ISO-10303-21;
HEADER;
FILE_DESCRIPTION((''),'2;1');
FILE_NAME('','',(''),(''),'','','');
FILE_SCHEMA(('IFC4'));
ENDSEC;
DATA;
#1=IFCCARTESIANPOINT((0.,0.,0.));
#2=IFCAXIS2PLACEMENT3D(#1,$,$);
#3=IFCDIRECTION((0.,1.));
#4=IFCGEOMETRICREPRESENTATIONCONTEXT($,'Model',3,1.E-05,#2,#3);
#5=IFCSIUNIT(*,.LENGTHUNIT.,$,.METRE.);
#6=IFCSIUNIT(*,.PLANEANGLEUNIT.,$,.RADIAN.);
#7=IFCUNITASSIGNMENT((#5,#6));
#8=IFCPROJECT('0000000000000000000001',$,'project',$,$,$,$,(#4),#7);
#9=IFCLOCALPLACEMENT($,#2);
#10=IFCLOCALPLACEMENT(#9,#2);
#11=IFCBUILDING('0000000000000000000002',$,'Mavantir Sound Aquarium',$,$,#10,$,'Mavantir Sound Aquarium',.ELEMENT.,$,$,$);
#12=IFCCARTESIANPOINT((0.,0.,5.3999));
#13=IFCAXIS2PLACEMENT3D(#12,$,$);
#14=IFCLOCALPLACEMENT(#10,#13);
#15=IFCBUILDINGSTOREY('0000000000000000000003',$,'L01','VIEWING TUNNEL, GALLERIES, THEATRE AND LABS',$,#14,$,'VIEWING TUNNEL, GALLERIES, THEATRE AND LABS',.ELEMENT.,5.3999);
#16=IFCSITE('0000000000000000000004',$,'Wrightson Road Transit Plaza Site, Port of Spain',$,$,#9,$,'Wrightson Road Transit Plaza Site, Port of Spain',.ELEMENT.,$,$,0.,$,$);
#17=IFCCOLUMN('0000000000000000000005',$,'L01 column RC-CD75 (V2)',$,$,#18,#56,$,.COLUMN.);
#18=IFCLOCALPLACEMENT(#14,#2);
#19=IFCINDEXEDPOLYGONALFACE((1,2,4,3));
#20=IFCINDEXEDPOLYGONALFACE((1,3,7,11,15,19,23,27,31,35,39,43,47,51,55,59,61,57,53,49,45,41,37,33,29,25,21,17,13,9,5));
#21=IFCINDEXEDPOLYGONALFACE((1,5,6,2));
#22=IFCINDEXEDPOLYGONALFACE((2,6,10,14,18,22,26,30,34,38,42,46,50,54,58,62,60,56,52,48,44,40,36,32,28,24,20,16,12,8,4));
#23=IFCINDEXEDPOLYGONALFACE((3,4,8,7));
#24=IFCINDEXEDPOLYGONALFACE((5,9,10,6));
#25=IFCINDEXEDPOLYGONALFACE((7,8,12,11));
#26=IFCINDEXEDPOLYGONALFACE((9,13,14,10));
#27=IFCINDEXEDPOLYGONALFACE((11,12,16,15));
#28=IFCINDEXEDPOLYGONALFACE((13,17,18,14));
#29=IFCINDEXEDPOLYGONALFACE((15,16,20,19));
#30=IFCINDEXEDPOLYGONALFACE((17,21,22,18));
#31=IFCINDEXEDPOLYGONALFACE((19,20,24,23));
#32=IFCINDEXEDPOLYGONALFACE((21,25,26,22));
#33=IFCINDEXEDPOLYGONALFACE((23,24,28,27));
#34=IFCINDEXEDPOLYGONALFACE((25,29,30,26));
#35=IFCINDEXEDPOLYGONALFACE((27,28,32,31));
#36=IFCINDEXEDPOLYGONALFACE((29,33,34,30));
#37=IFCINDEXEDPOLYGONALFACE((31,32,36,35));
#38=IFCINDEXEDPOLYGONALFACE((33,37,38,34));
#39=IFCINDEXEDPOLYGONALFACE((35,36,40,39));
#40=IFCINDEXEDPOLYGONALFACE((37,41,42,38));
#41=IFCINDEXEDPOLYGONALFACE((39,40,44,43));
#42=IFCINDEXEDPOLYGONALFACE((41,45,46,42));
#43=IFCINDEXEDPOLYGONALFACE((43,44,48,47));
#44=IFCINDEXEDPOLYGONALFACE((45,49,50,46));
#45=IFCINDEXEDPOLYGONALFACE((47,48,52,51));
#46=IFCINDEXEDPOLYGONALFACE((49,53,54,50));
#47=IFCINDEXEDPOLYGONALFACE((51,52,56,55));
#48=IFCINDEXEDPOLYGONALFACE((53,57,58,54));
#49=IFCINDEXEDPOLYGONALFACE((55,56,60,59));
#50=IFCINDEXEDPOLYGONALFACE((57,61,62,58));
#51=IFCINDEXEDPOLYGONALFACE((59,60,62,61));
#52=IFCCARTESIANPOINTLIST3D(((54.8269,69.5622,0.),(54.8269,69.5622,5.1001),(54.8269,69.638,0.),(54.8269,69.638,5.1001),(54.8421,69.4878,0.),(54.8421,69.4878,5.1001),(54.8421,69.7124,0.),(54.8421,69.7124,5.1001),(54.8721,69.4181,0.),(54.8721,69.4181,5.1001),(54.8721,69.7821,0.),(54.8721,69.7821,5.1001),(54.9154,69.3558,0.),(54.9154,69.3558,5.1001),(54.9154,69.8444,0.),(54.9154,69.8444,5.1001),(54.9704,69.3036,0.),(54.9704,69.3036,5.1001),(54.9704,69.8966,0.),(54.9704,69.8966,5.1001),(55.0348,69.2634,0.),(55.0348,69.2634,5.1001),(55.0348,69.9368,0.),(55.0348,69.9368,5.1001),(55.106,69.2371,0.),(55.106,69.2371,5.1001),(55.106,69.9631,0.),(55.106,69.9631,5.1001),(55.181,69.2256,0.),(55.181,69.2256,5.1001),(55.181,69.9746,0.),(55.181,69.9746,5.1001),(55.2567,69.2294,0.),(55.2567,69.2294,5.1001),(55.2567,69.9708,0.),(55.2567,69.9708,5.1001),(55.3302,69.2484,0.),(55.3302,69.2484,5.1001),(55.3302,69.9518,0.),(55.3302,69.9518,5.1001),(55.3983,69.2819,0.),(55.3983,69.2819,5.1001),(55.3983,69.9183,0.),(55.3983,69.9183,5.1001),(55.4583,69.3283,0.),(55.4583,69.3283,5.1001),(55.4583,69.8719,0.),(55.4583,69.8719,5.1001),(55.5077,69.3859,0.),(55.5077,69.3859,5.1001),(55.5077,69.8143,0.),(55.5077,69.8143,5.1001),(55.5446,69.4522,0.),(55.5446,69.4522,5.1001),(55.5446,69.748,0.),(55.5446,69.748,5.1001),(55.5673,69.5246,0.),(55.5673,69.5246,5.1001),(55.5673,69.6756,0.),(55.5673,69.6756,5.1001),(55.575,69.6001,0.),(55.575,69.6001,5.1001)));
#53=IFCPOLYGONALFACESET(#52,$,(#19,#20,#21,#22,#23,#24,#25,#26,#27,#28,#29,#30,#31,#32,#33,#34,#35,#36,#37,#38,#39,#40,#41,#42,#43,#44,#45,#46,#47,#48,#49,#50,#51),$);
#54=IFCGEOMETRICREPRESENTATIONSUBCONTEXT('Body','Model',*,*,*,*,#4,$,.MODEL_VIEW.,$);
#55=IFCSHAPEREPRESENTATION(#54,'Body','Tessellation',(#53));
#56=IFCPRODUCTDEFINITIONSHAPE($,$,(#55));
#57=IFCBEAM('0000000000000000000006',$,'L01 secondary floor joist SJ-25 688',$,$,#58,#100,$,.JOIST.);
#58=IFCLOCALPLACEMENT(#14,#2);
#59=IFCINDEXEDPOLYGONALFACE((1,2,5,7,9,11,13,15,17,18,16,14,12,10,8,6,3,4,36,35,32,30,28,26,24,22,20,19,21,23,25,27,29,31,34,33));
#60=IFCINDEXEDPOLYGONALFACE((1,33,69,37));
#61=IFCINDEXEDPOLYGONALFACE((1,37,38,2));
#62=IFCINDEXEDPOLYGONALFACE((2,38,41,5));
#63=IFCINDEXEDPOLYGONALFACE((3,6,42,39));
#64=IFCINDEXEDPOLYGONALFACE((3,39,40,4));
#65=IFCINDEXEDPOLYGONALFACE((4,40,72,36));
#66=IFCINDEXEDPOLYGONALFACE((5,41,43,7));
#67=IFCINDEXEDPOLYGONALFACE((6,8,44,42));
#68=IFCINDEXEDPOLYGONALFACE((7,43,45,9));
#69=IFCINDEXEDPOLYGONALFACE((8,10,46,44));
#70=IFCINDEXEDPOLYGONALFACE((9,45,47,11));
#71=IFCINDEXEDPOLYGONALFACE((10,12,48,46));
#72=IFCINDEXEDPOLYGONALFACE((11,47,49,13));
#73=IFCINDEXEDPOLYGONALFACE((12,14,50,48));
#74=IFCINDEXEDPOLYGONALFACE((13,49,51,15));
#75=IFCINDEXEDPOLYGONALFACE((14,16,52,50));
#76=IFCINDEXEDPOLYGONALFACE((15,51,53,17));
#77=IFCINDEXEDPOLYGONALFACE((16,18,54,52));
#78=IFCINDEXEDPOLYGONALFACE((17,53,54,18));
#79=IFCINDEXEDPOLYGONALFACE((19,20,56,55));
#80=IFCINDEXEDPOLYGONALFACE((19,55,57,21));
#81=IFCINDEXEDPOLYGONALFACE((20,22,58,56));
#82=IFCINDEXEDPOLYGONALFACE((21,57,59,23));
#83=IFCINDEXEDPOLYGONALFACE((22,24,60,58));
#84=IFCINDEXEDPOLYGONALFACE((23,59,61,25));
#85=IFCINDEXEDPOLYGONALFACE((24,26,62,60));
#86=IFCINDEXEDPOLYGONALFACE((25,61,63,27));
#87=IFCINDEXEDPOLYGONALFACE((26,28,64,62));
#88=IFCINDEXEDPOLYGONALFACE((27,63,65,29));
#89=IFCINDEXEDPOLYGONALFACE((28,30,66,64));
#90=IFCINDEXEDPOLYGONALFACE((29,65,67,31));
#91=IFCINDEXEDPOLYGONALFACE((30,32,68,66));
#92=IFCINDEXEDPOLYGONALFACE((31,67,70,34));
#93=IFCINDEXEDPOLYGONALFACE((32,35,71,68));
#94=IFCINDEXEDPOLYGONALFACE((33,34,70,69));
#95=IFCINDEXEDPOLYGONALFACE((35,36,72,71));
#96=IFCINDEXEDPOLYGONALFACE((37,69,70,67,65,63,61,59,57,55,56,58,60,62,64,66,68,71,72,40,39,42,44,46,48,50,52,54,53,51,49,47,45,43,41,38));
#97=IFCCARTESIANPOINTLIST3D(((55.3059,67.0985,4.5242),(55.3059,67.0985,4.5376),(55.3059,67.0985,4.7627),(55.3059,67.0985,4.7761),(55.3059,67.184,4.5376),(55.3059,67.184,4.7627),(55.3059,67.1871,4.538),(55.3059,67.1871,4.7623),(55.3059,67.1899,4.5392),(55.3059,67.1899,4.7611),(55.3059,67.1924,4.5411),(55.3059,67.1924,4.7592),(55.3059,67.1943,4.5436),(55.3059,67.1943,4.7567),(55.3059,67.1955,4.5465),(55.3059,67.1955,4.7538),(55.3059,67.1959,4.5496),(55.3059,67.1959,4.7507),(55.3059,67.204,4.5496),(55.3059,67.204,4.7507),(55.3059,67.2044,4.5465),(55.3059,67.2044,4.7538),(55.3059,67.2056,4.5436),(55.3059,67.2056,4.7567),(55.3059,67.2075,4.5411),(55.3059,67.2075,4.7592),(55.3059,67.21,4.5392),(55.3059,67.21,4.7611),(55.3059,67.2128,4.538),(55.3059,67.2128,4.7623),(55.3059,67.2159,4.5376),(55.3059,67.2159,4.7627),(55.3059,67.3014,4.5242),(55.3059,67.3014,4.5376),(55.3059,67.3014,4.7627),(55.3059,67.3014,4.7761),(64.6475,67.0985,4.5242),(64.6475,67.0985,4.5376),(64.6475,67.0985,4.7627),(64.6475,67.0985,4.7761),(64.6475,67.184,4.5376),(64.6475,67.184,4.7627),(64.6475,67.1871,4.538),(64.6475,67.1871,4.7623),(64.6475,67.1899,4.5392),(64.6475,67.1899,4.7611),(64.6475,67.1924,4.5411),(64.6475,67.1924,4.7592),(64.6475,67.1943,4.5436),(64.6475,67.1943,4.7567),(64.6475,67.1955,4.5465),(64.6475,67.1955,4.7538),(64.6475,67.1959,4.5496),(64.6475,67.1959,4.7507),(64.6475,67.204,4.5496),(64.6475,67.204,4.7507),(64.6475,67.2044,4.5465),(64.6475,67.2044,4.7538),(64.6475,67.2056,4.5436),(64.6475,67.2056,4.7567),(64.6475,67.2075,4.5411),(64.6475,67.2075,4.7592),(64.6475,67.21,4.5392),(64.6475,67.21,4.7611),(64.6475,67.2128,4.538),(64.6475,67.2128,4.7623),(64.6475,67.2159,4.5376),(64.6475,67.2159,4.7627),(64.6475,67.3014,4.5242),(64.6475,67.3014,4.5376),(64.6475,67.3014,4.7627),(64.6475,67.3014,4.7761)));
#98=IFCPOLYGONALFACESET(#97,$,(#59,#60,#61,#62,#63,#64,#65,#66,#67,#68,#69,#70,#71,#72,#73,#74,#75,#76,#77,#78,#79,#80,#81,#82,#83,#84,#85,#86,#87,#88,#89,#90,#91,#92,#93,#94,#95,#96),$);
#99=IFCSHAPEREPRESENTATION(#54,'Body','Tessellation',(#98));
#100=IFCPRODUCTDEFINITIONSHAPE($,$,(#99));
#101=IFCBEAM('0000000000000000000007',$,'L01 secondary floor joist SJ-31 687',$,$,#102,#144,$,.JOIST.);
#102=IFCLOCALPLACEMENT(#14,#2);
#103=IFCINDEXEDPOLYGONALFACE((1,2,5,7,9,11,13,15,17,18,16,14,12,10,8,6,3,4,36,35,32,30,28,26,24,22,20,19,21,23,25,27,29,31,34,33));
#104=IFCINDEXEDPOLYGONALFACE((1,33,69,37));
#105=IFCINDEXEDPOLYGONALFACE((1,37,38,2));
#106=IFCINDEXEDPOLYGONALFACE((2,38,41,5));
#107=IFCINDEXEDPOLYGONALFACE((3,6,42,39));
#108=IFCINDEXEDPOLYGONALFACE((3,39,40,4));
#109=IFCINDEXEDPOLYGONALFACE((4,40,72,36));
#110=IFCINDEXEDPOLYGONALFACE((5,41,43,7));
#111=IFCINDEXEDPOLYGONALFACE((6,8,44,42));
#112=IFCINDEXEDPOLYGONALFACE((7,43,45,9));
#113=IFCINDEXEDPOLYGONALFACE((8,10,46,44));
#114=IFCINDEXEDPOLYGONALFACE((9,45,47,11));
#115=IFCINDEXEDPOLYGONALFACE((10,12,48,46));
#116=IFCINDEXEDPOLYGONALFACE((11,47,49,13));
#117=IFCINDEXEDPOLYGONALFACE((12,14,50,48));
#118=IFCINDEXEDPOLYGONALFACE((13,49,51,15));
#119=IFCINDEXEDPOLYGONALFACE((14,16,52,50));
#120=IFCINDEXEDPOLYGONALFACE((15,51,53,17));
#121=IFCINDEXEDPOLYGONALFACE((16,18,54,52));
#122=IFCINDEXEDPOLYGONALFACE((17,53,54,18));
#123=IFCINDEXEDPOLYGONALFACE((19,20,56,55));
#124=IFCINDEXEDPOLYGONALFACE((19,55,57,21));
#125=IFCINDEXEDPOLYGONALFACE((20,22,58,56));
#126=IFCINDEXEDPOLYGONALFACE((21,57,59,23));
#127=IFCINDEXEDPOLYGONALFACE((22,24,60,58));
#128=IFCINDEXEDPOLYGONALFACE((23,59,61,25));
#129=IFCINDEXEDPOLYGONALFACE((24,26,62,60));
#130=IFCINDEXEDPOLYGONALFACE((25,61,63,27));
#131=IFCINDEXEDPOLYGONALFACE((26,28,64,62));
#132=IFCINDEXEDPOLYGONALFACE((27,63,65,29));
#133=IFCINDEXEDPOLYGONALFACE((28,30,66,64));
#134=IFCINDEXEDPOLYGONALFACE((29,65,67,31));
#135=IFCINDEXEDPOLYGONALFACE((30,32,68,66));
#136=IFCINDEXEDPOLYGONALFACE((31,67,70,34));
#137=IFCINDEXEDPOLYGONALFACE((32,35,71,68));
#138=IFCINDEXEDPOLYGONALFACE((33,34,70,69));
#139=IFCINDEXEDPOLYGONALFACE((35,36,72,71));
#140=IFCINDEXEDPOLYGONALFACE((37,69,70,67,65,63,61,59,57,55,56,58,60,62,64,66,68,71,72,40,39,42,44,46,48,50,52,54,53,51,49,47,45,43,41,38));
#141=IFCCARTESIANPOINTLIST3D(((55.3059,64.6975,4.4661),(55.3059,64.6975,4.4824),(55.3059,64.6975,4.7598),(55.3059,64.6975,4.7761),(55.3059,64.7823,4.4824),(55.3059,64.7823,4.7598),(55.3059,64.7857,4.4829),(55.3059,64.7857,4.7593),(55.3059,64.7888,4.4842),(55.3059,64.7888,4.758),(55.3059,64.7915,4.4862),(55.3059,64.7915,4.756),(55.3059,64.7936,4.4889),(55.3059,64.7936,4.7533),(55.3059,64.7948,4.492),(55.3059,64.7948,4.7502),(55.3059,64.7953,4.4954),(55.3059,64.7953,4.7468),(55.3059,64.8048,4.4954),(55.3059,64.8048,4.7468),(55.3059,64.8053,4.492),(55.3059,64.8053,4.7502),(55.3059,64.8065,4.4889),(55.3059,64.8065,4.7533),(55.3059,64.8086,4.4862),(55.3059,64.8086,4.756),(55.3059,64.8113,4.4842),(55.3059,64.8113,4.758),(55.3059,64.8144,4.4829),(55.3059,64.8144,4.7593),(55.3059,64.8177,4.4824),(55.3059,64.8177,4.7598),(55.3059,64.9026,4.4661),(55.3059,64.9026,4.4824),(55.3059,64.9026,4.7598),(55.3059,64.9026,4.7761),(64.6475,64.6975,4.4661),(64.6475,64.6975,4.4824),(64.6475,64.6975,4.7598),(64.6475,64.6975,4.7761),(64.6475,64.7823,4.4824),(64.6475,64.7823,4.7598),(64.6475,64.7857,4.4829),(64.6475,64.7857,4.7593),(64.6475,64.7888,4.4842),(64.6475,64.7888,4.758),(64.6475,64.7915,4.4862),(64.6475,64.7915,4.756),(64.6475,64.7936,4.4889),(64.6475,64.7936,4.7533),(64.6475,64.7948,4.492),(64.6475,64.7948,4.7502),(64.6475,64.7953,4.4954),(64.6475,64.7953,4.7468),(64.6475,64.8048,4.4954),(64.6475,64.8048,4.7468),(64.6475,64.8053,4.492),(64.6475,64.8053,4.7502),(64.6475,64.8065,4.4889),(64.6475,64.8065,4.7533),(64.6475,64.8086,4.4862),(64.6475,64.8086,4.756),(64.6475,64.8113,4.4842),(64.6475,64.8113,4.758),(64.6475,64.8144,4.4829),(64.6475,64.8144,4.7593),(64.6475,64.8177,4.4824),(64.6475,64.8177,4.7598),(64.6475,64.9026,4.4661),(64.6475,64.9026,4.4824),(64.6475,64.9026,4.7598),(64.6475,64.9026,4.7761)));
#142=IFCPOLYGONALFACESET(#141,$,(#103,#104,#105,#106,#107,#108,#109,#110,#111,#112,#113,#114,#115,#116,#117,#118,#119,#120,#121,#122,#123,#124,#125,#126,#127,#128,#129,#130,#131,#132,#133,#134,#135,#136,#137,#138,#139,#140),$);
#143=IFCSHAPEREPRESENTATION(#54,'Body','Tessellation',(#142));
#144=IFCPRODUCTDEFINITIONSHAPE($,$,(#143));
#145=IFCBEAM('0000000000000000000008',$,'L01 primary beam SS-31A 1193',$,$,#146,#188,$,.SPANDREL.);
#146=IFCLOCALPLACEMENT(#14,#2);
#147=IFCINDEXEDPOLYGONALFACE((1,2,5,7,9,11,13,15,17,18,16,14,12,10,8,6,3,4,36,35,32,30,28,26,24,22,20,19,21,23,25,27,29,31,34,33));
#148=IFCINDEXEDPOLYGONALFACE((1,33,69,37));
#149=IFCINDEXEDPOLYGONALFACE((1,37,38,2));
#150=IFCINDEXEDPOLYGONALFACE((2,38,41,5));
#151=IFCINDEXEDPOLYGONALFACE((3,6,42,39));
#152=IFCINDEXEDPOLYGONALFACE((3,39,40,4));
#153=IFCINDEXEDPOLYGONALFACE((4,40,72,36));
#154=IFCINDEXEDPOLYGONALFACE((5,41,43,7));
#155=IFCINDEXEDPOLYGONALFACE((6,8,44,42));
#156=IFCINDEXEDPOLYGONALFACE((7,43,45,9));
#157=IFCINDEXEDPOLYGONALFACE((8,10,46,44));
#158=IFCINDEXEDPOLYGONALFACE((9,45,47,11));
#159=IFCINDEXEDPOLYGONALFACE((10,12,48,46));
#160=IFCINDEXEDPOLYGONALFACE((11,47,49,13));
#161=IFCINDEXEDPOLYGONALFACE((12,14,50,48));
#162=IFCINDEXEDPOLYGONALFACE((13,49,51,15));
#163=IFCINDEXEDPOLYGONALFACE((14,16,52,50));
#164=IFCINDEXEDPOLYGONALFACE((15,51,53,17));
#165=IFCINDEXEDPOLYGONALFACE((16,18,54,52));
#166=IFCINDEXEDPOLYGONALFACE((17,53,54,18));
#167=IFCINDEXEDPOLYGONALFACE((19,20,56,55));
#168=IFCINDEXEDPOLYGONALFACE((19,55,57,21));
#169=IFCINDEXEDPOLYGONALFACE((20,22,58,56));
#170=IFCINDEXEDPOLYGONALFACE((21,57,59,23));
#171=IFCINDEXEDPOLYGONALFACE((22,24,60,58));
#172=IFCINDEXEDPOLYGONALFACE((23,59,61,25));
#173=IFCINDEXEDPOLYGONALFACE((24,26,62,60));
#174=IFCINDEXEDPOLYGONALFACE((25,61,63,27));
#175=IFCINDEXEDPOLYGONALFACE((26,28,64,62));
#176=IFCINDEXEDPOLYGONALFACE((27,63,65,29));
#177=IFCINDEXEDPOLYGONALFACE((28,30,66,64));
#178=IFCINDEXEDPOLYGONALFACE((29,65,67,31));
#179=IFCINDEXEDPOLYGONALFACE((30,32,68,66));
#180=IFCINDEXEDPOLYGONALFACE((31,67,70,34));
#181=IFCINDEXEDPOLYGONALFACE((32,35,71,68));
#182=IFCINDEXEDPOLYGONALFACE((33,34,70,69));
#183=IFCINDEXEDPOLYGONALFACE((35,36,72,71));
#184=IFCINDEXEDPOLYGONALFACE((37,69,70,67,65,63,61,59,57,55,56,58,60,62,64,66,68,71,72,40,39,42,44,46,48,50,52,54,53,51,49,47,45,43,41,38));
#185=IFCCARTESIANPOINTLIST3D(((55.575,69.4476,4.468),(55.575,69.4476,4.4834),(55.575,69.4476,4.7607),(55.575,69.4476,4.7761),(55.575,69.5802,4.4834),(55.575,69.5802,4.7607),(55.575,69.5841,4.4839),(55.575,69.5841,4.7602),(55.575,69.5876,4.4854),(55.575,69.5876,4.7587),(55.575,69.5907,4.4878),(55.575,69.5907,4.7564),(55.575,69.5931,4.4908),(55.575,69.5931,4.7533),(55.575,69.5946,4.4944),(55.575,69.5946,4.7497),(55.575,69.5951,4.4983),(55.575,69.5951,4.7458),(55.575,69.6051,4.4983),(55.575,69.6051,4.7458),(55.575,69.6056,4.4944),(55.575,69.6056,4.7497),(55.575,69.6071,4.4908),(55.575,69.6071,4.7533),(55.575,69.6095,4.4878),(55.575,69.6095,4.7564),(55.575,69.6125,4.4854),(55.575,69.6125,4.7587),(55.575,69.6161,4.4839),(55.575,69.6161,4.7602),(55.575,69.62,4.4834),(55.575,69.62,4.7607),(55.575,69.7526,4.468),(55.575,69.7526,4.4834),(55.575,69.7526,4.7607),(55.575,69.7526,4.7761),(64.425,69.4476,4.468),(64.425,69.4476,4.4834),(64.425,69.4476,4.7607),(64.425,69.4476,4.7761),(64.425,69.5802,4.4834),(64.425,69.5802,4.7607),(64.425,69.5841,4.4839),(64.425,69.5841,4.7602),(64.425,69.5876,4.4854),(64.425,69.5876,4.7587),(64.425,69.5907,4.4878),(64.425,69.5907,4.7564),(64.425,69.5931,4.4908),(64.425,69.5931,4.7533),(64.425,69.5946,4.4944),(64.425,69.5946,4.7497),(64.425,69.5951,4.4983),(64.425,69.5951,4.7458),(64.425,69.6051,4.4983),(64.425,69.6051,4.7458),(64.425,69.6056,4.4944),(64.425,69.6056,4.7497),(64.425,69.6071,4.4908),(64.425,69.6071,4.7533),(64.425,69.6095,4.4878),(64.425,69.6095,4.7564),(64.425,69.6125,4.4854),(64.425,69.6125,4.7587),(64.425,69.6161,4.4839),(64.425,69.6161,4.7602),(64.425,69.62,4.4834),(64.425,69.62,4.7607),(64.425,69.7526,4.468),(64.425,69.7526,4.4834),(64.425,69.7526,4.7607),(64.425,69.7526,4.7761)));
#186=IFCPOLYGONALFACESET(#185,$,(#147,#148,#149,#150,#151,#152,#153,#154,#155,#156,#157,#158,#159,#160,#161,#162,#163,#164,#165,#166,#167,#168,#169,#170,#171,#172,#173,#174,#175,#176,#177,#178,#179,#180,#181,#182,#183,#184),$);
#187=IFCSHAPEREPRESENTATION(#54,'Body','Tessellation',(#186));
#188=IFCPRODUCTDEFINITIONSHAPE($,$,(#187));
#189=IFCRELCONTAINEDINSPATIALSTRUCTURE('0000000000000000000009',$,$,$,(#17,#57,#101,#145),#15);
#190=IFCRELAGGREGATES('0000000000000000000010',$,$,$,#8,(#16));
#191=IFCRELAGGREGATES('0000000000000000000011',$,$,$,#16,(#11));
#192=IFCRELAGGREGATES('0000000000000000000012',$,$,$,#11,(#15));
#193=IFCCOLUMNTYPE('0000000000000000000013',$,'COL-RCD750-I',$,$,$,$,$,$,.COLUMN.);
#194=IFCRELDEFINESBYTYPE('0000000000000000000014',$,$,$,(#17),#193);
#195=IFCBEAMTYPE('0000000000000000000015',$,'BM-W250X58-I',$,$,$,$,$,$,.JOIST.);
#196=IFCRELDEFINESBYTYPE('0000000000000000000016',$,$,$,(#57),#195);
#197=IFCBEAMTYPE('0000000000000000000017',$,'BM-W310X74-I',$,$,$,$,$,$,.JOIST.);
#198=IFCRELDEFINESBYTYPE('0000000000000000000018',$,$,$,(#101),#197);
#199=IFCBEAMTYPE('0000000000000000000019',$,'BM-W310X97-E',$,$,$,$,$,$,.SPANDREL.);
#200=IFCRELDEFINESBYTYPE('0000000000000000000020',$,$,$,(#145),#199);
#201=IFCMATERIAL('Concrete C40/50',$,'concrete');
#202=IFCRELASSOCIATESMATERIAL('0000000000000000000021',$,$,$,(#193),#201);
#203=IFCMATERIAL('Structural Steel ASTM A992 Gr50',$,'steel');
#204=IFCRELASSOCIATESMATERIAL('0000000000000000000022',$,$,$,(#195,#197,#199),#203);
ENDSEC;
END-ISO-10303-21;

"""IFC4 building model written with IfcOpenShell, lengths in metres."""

from ifc_helpers import new_model, si_unit, direction, frame, origin, origin_2d, place, context, subcontext, project, spatial, circle, i_section, extrude, material, material_profile, profile_set, type_object, element, save


model = new_model("IFC4")

# Units and contexts
model_context = context("Model", 3, precision=1e-05, world=origin(), true_north=direction((0.0, 1.0)))
body_context = subcontext(model_context, "Body", "Model", "MODEL_VIEW")
ifc_project = project(units=[si_unit("LENGTHUNIT", "METRE"), si_unit("PLANEANGLEUNIT", "RADIAN")], contexts=[model_context])

# Site, building, storey
site_placement = place(None, origin())
site = spatial("IfcSite", under=ifc_project, at=site_placement, Name="Wrightson Road Transit Plaza Site, Port of Spain", LongName="Wrightson Road Transit Plaza Site, Port of Spain", CompositionType="ELEMENT", RefElevation=0.0)
building_placement = place(site_placement, origin())
building = spatial("IfcBuilding", under=site, at=building_placement, Name="Mavantir Sound Aquarium", LongName="Mavantir Sound Aquarium", CompositionType="ELEMENT")
storey_placement = place(building_placement, frame((0.0, 0.0, 5.3999)))
storey = spatial("IfcBuildingStorey", under=building, at=storey_placement, Name="L01", Description="VIEWING TUNNEL, GALLERIES, THEATRE AND LABS", LongName="VIEWING TUNNEL, GALLERIES, THEATRE AND LABS", CompositionType="ELEMENT", Elevation=5.3999)

# Column
ifc_material_1 = material(Name="Concrete C40/50", Category="concrete")
ifc_material_profile_1 = material_profile(ifc_material_1, circle(Radius=0.375, at=origin_2d()), Name="RC D750")
ifc_profile_set_1 = profile_set([ifc_material_profile_1], Name="Concrete C40/50")
column_type = type_object("IfcColumnType", Name="COL-RCD750-I", PredefinedType="COLUMN", material=ifc_profile_set_1)
column_placement = place(storey_placement, frame((55.2, 69.6001, 0.0), z_axis=(0.0, 0.0, 1.0), x_axis=(1.0, 0.0, 0.0)))
element("IfcColumn", 1, at=column_placement, inside=storey, type_object=column_type, Name="L01 column RC-CD75 (V2)", PredefinedType="COLUMN", context=body_context, shape_type="SweptSolid", body=[
    extrude(circle(Radius=0.375, at=origin_2d()), origin(), (0.0, 0.0, 1.0), 5.1001),
])

# Beams
ifc_material_2 = material(Name="Structural Steel ASTM A992 Gr50", Category="steel")
ifc_material_profile_2 = material_profile(ifc_material_2, i_section(OverallWidth=0.2029, OverallDepth=0.252, WebThickness=0.0081, FlangeThickness=0.0134, FilletRadius=0.012, at=origin_2d()), Name="W250X58")
ifc_profile_set_2 = profile_set([ifc_material_profile_2], Name="Structural Steel ASTM A992 Gr50")
beam_type_1 = type_object("IfcBeamType", Name="BM-W250X58-I", PredefinedType="JOIST", material=ifc_profile_set_2)
beam_1_placement = place(storey_placement, frame((55.3059, 67.2, 4.6501), z_axis=(1.0, 0.0, 0.0), x_axis=(0.0, 1.0, 0.0)))
element("IfcBeam", 2, at=beam_1_placement, inside=storey, type_object=beam_type_1, Name="L01 secondary floor joist SJ-25 688", PredefinedType="JOIST", context=body_context, shape_type="SweptSolid", body=[
    extrude(i_section(OverallWidth=0.2029, OverallDepth=0.252, WebThickness=0.0081, FlangeThickness=0.0134, FilletRadius=0.012, at=origin_2d()), origin(), (0.0, 0.0, 1.0), 9.3416),
])
ifc_material_profile_3 = material_profile(ifc_material_2, i_section(OverallWidth=0.2051, OverallDepth=0.3101, WebThickness=0.0095, FlangeThickness=0.0164, FilletRadius=0.0129, at=origin_2d()), Name="W310X74")
ifc_profile_set_3 = profile_set([ifc_material_profile_3], Name="Structural Steel ASTM A992 Gr50")
beam_type_2 = type_object("IfcBeamType", Name="BM-W310X74-I", PredefinedType="JOIST", material=ifc_profile_set_3)
beam_2_placement = place(storey_placement, frame((55.3059, 64.8, 4.6211), z_axis=(1.0, 0.0, 0.0), x_axis=(0.0, 1.0, 0.0)))
element("IfcBeam", 3, at=beam_2_placement, inside=storey, type_object=beam_type_2, Name="L01 secondary floor joist SJ-31 687", PredefinedType="JOIST", context=body_context, shape_type="SweptSolid", body=[
    extrude(i_section(OverallWidth=0.2051, OverallDepth=0.3101, WebThickness=0.0095, FlangeThickness=0.0164, FilletRadius=0.0129, at=origin_2d()), origin(), (0.0, 0.0, 1.0), 9.3416),
])
ifc_material_profile_4 = material_profile(ifc_material_2, i_section(OverallWidth=0.3049, OverallDepth=0.3081, WebThickness=0.01, FlangeThickness=0.0154, FilletRadius=0.0149, at=origin_2d()), Name="W310X97")
ifc_profile_set_4 = profile_set([ifc_material_profile_4], Name="Structural Steel ASTM A992 Gr50")
beam_type_3 = type_object("IfcBeamType", Name="BM-W310X97-E", PredefinedType="SPANDREL", material=ifc_profile_set_4)
beam_3_placement = place(storey_placement, frame((55.575, 69.6001, 4.6221), z_axis=(1.0, 0.0, 0.0), x_axis=(0.0, 1.0, 0.0)))
element("IfcBeam", 4, at=beam_3_placement, inside=storey, type_object=beam_type_3, Name="L01 primary beam SS-31A 1193", PredefinedType="SPANDREL", context=body_context, shape_type="SweptSolid", body=[
    extrude(i_section(OverallWidth=0.3049, OverallDepth=0.3081, WebThickness=0.01, FlangeThickness=0.0154, FilletRadius=0.0149, at=origin_2d()), origin(), (0.0, 0.0, 1.0), 8.8501),
])

save(model, "model.ifc")
